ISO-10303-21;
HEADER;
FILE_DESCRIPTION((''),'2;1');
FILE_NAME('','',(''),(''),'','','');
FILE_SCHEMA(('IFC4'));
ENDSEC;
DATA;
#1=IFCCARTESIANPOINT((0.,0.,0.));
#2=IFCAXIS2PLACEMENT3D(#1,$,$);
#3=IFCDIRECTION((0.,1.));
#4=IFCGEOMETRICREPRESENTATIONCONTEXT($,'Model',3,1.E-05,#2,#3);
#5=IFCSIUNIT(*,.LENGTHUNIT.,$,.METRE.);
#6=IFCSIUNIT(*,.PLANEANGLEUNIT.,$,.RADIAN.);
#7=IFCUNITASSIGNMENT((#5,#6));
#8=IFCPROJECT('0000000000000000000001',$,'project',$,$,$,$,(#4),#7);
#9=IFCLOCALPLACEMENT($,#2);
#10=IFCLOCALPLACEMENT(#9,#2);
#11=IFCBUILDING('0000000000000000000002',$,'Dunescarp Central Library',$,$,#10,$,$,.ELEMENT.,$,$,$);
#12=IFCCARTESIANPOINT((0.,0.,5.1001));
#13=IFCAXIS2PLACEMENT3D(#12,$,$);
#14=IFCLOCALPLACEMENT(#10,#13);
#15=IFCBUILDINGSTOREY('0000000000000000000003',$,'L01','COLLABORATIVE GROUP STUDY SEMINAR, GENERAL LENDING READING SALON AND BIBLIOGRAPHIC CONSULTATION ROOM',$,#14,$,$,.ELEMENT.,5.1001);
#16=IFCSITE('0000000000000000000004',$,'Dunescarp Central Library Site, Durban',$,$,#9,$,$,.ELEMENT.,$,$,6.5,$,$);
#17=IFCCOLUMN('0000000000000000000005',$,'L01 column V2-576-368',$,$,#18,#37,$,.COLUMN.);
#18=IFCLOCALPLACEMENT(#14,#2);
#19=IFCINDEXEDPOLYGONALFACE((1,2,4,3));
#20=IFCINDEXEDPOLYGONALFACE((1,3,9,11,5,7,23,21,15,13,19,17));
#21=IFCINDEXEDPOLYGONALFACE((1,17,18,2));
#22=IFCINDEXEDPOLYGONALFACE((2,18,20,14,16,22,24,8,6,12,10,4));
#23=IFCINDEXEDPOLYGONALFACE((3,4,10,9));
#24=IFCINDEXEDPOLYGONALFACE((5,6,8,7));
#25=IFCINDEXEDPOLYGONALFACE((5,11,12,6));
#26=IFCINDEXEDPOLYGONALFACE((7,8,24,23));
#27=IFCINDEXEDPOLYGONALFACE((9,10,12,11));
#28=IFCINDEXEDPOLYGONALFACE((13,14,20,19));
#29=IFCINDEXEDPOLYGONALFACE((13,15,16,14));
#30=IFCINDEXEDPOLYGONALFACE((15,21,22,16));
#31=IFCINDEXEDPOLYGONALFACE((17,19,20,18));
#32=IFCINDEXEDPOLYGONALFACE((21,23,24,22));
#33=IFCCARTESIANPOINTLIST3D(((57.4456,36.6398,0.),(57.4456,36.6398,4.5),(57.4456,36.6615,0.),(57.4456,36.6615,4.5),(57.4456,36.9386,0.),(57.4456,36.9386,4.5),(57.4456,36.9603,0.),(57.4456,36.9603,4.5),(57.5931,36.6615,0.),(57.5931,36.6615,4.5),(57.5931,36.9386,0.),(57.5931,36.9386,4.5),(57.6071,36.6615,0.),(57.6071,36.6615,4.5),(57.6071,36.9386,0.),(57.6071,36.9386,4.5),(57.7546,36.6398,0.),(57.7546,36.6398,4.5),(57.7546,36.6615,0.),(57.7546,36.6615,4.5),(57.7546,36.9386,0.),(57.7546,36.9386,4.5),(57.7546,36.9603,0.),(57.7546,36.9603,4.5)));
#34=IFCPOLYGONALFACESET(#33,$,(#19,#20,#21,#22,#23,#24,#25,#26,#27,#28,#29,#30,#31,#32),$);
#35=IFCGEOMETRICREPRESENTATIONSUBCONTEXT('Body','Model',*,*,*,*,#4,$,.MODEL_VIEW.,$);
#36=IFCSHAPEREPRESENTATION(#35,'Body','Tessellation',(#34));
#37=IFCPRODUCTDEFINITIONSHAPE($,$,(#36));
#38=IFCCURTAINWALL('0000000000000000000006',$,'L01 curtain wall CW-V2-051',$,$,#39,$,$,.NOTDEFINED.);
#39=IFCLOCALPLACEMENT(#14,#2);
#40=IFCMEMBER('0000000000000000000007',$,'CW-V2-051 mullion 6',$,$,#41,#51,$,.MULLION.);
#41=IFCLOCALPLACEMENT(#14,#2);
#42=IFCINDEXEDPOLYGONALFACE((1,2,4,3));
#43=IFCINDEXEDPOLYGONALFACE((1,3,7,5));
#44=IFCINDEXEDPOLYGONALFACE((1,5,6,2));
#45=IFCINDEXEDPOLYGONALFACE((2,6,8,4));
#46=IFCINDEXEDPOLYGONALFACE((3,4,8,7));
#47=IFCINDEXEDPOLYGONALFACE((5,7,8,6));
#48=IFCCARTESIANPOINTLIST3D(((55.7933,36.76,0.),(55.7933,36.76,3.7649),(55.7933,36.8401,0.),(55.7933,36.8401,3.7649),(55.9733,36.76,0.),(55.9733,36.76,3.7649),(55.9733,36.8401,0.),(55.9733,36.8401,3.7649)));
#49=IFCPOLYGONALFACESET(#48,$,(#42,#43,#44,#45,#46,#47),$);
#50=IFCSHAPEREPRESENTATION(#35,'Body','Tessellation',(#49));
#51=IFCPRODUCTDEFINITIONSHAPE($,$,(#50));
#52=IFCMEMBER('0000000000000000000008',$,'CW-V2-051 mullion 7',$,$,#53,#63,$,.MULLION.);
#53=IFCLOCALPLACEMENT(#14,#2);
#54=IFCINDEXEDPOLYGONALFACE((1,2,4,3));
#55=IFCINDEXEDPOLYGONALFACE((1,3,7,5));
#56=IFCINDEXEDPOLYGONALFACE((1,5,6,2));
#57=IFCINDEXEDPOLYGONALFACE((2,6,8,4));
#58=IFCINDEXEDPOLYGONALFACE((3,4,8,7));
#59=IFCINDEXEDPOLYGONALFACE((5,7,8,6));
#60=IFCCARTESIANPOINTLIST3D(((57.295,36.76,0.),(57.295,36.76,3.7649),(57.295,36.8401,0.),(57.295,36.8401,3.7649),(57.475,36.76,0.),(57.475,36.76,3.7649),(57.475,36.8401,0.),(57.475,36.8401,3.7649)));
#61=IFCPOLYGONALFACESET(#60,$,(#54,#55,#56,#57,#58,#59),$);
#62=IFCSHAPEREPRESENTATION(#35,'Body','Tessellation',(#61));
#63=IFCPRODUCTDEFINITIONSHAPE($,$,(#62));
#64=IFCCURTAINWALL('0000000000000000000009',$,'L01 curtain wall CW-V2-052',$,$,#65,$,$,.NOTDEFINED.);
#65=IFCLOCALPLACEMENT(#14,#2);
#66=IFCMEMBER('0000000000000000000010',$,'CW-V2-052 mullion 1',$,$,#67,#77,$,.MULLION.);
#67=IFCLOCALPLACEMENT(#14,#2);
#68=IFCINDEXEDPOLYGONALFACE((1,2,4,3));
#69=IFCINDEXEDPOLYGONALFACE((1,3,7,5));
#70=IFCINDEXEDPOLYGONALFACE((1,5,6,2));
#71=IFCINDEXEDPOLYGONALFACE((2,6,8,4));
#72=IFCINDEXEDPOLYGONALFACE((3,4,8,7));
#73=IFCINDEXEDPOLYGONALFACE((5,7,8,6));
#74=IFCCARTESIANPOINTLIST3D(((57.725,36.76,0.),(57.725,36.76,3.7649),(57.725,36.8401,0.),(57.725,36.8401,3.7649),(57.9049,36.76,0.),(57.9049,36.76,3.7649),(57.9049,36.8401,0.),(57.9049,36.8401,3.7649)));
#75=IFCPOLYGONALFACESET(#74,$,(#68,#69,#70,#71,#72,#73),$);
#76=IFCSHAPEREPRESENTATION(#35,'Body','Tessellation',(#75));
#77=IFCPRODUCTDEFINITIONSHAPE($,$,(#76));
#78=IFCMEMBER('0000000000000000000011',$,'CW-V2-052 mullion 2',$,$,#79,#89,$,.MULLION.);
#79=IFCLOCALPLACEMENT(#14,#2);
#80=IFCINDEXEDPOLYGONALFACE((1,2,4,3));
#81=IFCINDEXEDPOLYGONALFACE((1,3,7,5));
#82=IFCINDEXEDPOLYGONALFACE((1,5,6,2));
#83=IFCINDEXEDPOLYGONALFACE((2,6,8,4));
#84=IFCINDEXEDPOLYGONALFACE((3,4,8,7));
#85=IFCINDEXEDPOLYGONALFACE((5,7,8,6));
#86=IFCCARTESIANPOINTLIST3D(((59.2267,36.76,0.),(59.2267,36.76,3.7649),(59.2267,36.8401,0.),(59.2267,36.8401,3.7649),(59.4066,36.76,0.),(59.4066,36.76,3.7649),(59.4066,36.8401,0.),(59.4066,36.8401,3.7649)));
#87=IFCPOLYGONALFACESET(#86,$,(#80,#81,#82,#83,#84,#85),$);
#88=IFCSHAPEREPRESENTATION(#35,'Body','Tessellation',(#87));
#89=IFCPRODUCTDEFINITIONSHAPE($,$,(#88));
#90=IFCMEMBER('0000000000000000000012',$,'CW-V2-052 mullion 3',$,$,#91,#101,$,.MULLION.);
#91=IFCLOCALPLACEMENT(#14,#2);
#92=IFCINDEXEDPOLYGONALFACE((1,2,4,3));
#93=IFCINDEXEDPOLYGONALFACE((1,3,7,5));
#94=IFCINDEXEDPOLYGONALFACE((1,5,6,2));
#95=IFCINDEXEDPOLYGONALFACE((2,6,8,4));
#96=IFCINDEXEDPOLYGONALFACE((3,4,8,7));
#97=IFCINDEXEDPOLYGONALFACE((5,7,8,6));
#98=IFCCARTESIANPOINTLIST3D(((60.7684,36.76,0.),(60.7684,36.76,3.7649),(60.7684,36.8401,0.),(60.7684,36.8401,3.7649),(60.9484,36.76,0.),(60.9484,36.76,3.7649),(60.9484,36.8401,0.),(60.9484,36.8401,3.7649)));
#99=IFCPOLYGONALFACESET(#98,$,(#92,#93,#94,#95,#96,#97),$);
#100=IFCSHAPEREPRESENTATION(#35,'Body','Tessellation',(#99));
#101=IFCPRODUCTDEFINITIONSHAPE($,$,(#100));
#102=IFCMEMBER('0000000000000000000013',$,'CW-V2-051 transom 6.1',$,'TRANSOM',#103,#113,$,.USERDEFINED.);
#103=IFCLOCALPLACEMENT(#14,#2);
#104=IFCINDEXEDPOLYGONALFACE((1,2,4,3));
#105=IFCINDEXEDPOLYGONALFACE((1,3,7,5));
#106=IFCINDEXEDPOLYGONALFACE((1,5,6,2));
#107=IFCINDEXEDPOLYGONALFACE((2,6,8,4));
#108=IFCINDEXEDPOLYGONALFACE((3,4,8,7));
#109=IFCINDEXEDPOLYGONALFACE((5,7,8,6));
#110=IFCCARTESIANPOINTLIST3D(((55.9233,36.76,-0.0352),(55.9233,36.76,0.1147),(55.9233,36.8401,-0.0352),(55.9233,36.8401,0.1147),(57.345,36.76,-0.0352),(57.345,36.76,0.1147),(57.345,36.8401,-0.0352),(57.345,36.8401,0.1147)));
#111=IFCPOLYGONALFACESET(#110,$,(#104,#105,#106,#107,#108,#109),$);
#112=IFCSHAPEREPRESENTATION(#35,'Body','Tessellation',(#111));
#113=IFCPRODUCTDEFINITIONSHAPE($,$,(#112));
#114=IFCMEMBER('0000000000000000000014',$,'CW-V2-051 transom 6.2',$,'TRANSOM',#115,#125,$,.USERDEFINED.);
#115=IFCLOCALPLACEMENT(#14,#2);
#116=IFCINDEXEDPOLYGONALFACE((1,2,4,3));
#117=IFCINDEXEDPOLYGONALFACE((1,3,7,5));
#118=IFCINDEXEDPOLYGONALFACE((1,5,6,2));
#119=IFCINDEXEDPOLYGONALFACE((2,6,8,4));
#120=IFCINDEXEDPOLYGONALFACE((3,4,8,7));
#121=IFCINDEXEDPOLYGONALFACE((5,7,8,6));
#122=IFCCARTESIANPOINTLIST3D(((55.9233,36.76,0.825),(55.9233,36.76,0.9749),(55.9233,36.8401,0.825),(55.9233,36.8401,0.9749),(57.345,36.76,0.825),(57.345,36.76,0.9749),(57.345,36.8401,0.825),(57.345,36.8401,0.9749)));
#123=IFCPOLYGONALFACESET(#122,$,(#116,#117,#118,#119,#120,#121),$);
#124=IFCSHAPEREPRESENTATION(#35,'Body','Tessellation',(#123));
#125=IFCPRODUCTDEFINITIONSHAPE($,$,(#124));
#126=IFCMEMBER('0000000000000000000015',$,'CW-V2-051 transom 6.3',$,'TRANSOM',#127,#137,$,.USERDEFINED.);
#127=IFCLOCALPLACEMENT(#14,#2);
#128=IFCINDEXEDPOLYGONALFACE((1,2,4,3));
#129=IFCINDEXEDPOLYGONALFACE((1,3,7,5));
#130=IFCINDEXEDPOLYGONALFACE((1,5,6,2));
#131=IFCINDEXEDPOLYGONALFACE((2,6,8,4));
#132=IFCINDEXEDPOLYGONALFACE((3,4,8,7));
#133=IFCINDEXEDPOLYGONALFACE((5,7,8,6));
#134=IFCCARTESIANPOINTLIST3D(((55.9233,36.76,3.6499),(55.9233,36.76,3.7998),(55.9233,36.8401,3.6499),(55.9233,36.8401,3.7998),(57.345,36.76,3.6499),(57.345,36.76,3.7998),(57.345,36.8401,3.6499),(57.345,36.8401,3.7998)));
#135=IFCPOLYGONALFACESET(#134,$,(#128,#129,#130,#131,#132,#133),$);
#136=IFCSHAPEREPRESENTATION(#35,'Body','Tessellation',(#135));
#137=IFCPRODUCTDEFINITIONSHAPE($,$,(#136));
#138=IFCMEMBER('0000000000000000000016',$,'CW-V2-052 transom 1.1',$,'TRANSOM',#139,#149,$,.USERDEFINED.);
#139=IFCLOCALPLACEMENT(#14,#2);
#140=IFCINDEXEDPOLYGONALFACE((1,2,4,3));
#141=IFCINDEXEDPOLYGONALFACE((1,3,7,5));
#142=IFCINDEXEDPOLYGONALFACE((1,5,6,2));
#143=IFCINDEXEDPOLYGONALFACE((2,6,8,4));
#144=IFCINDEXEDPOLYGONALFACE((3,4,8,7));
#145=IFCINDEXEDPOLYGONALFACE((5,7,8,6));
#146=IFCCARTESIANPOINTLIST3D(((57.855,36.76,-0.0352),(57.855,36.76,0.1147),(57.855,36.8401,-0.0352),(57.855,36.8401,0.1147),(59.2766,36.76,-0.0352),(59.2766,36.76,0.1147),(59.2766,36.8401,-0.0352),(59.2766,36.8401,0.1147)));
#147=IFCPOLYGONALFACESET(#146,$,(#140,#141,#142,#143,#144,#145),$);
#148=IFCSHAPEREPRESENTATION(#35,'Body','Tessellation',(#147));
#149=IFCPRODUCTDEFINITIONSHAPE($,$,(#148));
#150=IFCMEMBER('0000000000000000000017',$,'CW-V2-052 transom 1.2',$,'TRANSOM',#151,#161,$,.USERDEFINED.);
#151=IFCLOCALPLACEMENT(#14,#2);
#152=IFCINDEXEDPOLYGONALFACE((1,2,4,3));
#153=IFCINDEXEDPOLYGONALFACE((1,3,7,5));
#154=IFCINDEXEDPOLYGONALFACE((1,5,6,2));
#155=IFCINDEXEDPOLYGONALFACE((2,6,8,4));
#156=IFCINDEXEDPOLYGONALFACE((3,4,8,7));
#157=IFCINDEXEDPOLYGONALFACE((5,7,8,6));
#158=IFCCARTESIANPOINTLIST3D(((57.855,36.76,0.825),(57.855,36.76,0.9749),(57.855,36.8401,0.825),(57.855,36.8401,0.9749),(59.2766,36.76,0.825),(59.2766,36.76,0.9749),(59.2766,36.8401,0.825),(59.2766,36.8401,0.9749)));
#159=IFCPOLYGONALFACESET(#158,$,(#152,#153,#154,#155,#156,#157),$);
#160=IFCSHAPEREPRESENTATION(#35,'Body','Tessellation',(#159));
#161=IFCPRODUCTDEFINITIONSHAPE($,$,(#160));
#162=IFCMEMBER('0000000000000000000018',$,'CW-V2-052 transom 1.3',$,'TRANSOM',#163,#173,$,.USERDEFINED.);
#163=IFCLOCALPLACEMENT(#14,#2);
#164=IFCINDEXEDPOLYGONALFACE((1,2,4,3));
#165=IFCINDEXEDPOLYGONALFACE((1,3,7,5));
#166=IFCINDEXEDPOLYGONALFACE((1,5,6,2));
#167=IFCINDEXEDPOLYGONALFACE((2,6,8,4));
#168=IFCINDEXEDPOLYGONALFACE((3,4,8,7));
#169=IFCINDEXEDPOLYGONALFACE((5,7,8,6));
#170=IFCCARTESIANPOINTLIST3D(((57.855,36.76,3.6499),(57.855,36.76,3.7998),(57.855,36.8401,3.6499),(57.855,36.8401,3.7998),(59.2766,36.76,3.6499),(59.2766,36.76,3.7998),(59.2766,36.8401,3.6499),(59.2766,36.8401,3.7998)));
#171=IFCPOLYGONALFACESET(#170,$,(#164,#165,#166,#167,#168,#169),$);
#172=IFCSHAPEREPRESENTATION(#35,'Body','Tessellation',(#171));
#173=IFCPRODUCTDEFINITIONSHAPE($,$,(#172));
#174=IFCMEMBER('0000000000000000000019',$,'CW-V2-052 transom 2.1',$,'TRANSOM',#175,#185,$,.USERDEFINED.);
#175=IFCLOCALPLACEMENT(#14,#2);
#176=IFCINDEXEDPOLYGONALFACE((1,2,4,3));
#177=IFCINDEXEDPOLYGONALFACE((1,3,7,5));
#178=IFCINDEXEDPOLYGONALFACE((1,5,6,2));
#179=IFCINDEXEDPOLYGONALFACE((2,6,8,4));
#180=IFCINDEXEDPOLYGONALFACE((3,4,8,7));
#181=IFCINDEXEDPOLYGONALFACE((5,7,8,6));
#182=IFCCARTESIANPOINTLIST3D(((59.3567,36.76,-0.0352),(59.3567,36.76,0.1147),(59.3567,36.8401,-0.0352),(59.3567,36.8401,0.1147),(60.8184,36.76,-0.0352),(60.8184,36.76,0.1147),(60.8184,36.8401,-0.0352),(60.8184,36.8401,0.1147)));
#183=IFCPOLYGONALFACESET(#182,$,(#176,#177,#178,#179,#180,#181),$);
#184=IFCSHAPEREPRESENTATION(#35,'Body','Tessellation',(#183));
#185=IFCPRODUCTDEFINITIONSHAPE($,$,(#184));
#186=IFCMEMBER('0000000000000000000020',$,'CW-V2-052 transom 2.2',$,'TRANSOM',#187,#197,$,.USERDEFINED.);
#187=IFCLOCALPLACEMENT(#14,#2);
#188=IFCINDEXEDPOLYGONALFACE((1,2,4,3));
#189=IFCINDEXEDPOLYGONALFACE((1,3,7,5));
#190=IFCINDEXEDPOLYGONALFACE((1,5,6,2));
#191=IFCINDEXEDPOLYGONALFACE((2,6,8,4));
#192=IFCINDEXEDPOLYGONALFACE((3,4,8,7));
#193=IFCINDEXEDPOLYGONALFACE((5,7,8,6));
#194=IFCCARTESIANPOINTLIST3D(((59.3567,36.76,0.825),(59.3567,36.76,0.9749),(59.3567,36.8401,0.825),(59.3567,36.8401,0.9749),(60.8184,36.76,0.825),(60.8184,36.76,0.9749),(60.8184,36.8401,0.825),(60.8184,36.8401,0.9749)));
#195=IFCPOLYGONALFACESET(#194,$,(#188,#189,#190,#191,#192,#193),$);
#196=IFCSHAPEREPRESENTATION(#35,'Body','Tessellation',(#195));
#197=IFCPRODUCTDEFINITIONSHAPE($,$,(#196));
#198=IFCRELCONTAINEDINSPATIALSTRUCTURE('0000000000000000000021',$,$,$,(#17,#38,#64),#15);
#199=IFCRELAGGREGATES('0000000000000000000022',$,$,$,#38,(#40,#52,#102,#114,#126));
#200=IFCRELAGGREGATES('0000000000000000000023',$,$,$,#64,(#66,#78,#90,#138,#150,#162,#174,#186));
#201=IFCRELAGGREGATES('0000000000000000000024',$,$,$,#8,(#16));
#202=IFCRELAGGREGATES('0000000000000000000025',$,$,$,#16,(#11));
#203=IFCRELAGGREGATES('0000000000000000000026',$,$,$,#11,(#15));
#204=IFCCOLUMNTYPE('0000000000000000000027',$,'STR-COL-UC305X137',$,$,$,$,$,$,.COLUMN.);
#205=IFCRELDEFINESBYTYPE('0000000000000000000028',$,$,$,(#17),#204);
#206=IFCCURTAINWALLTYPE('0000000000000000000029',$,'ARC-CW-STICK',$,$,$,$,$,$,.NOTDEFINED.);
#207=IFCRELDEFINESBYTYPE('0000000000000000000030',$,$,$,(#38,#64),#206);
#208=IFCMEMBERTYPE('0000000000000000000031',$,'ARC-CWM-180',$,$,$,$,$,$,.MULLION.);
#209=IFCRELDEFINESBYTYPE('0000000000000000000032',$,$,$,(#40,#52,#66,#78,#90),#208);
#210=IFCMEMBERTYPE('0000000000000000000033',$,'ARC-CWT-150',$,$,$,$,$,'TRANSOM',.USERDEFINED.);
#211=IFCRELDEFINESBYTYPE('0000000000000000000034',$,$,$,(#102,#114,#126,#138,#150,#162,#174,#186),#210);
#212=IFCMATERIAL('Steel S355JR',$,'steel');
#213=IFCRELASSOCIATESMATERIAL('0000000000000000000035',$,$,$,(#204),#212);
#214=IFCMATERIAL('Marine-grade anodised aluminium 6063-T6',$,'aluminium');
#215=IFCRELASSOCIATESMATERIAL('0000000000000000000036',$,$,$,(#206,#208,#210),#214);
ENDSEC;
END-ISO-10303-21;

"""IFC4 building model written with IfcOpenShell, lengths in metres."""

from ifc_helpers import new_model, si_unit, direction, frame, origin, origin_2d, place, context, subcontext, project, spatial, rectangle, i_section, extrude, material, material_profile, profile_set, type_object, element, aggregate, save


model = new_model("IFC4")

# Units and contexts
model_context = context("Model", 3, precision=1e-05, world=origin(), true_north=direction((0.0, 1.0)))
body_context = subcontext(model_context, "Body", "Model", "MODEL_VIEW")
ifc_project = project(units=[si_unit("LENGTHUNIT", "METRE"), si_unit("PLANEANGLEUNIT", "RADIAN")], contexts=[model_context])

# Site, building, storey
site_placement = place(None, origin())
site = spatial("IfcSite", under=ifc_project, at=site_placement, Name="Dunescarp Central Library Site, Durban", CompositionType="ELEMENT", RefElevation=6.5)
building_placement = place(site_placement, origin())
building = spatial("IfcBuilding", under=site, at=building_placement, Name="Dunescarp Central Library", CompositionType="ELEMENT")
storey_placement = place(building_placement, frame((0.0, 0.0, 5.1001)))
storey = spatial("IfcBuildingStorey", under=building, at=storey_placement, Name="L01", Description="COLLABORATIVE GROUP STUDY SEMINAR, GENERAL LENDING READING SALON AND BIBLIOGRAPHIC CONSULTATION ROOM", CompositionType="ELEMENT", Elevation=5.1001)

# Column
ifc_material_1 = material(Name="Steel S355JR", Category="steel")
ifc_material_profile_1 = material_profile(ifc_material_1, i_section(OverallWidth=0.3091, OverallDepth=0.3206, WebThickness=0.0139, FlangeThickness=0.0217, at=origin_2d()), Name="UC 305x305x137")
ifc_profile_set_1 = profile_set([ifc_material_profile_1], Name="Steel S355JR")
column_type = type_object("IfcColumnType", Name="STR-COL-UC305X137", PredefinedType="COLUMN", material=ifc_profile_set_1)
column_placement = place(storey_placement, frame((57.6001, 36.8, 0.0), z_axis=(0.0, 0.0, 1.0), x_axis=(1.0, 0.0, 0.0)))
element("IfcColumn", 1, at=column_placement, inside=storey, type_object=column_type, Name="L01 column V2-576-368", PredefinedType="COLUMN", context=body_context, shape_type="SweptSolid", body=[
    extrude(i_section(OverallWidth=0.3091, OverallDepth=0.3206, WebThickness=0.0139, FlangeThickness=0.0217, at=origin_2d()), origin(), (0.0, 0.0, 1.0), 4.5),
])

# Curtain walls, members
ifc_material_2 = material(Name="Marine-grade anodised aluminium 6063-T6", Category="aluminium")
curtain_wall_type = type_object("IfcCurtainWallType", Name="ARC-CW-STICK", PredefinedType="NOTDEFINED", material=ifc_material_2)
curtain_wall_1_placement = place(storey_placement, origin())
curtain_wall_1 = element("IfcCurtainWall", 2, at=curtain_wall_1_placement, inside=storey, type_object=curtain_wall_type, Name="L01 curtain wall CW-V2-051", PredefinedType="NOTDEFINED")
ifc_material_profile_2 = material_profile(ifc_material_2, rectangle(XDim=0.0801, YDim=0.1799, at=origin_2d()), Name="AL 80x180")
ifc_profile_set_2 = profile_set([ifc_material_profile_2], Name="Marine-grade anodised aluminium 6063-T6")
member_type_1 = type_object("IfcMemberType", Name="ARC-CWM-180", PredefinedType="MULLION", material=ifc_profile_set_2)
member_1_placement = place(storey_placement, frame((55.8833, 36.8, 0.0), z_axis=(0.0, 0.0, 1.0), x_axis=(0.0, 1.0, 0.0)))
member_1 = element("IfcMember", 3, at=member_1_placement, type_object=member_type_1, Name="CW-V2-051 mullion 6", PredefinedType="MULLION", context=body_context, shape_type="SweptSolid", body=[
    extrude(rectangle(XDim=0.0801, YDim=0.1799, at=origin_2d()), origin(), (0.0, 0.0, 1.0), 3.7649),
])
member_2_placement = place(storey_placement, frame((57.385, 36.8, 0.0), z_axis=(0.0, 0.0, 1.0), x_axis=(0.0, 1.0, 0.0)))
member_2 = element("IfcMember", 4, at=member_2_placement, type_object=member_type_1, Name="CW-V2-051 mullion 7", PredefinedType="MULLION", context=body_context, shape_type="SweptSolid", body=[
    extrude(rectangle(XDim=0.0801, YDim=0.1799, at=origin_2d()), origin(), (0.0, 0.0, 1.0), 3.7649),
])
curtain_wall_2_placement = place(storey_placement, origin())
curtain_wall_2 = element("IfcCurtainWall", 5, at=curtain_wall_2_placement, inside=storey, type_object=curtain_wall_type, Name="L01 curtain wall CW-V2-052", PredefinedType="NOTDEFINED")
member_3_placement = place(storey_placement, frame((57.8149, 36.8, 0.0), z_axis=(0.0, 0.0, 1.0), x_axis=(0.0, 1.0, 0.0)))
member_3 = element("IfcMember", 6, at=member_3_placement, type_object=member_type_1, Name="CW-V2-052 mullion 1", PredefinedType="MULLION", context=body_context, shape_type="SweptSolid", body=[
    extrude(rectangle(XDim=0.0801, YDim=0.1799, at=origin_2d()), origin(), (0.0, 0.0, 1.0), 3.7649),
])
member_4_placement = place(storey_placement, frame((59.3167, 36.8, 0.0), z_axis=(0.0, 0.0, 1.0), x_axis=(0.0, 1.0, 0.0)))
member_4 = element("IfcMember", 7, at=member_4_placement, type_object=member_type_1, Name="CW-V2-052 mullion 2", PredefinedType="MULLION", context=body_context, shape_type="SweptSolid", body=[
    extrude(rectangle(XDim=0.0801, YDim=0.1799, at=origin_2d()), origin(), (0.0, 0.0, 1.0), 3.7649),
])
member_5_placement = place(storey_placement, frame((60.8584, 36.8, 0.0), z_axis=(0.0, 0.0, 1.0), x_axis=(0.0, 1.0, 0.0)))
member_5 = element("IfcMember", 8, at=member_5_placement, type_object=member_type_1, Name="CW-V2-052 mullion 3", PredefinedType="MULLION", context=body_context, shape_type="SweptSolid", body=[
    extrude(rectangle(XDim=0.0801, YDim=0.1799, at=origin_2d()), origin(), (0.0, 0.0, 1.0), 3.7649),
])

# Members
ifc_material_profile_3 = material_profile(ifc_material_2, rectangle(XDim=0.0801, YDim=0.1499, at=origin_2d()), Name="AL 80x150")
ifc_profile_set_3 = profile_set([ifc_material_profile_3], Name="Marine-grade anodised aluminium 6063-T6")
member_type_2 = type_object("IfcMemberType", Name="ARC-CWT-150", ElementType="TRANSOM", PredefinedType="USERDEFINED", material=ifc_profile_set_3)
member_6_placement = place(storey_placement, frame((55.9233, 36.8, 0.0398), z_axis=(1.0, 0.0, 0.0), x_axis=(0.0, 1.0, 0.0)))
member_6 = element("IfcMember", 9, at=member_6_placement, type_object=member_type_2, Name="CW-V2-051 transom 6.1", ObjectType="TRANSOM", PredefinedType="USERDEFINED", context=body_context, shape_type="SweptSolid", body=[
    extrude(rectangle(XDim=0.0801, YDim=0.1499, at=origin_2d()), origin(), (0.0, 0.0, 1.0), 1.4216),
])
member_7_placement = place(storey_placement, frame((55.9233, 36.8, 0.8999), z_axis=(1.0, 0.0, 0.0), x_axis=(0.0, 1.0, 0.0)))
member_7 = element("IfcMember", 10, at=member_7_placement, type_object=member_type_2, Name="CW-V2-051 transom 6.2", ObjectType="TRANSOM", PredefinedType="USERDEFINED", context=body_context, shape_type="SweptSolid", body=[
    extrude(rectangle(XDim=0.0801, YDim=0.1499, at=origin_2d()), origin(), (0.0, 0.0, 1.0), 1.4216),
])
member_8_placement = place(storey_placement, frame((55.9233, 36.8, 3.7249), z_axis=(1.0, 0.0, 0.0), x_axis=(0.0, 1.0, 0.0)))
member_8 = element("IfcMember", 11, at=member_8_placement, type_object=member_type_2, Name="CW-V2-051 transom 6.3", ObjectType="TRANSOM", PredefinedType="USERDEFINED", context=body_context, shape_type="SweptSolid", body=[
    extrude(rectangle(XDim=0.0801, YDim=0.1499, at=origin_2d()), origin(), (0.0, 0.0, 1.0), 1.4216),
])
member_9_placement = place(storey_placement, frame((57.855, 36.8, 0.0398), z_axis=(1.0, 0.0, 0.0), x_axis=(0.0, 1.0, 0.0)))
member_9 = element("IfcMember", 12, at=member_9_placement, type_object=member_type_2, Name="CW-V2-052 transom 1.1", ObjectType="TRANSOM", PredefinedType="USERDEFINED", context=body_context, shape_type="SweptSolid", body=[
    extrude(rectangle(XDim=0.0801, YDim=0.1499, at=origin_2d()), origin(), (0.0, 0.0, 1.0), 1.4216),
])
member_10_placement = place(storey_placement, frame((57.855, 36.8, 0.8999), z_axis=(1.0, 0.0, 0.0), x_axis=(0.0, 1.0, 0.0)))
member_10 = element("IfcMember", 13, at=member_10_placement, type_object=member_type_2, Name="CW-V2-052 transom 1.2", ObjectType="TRANSOM", PredefinedType="USERDEFINED", context=body_context, shape_type="SweptSolid", body=[
    extrude(rectangle(XDim=0.0801, YDim=0.1499, at=origin_2d()), origin(), (0.0, 0.0, 1.0), 1.4216),
])
member_11_placement = place(storey_placement, frame((57.855, 36.8, 3.7249), z_axis=(1.0, 0.0, 0.0), x_axis=(0.0, 1.0, 0.0)))
member_11 = element("IfcMember", 14, at=member_11_placement, type_object=member_type_2, Name="CW-V2-052 transom 1.3", ObjectType="TRANSOM", PredefinedType="USERDEFINED", context=body_context, shape_type="SweptSolid", body=[
    extrude(rectangle(XDim=0.0801, YDim=0.1499, at=origin_2d()), origin(), (0.0, 0.0, 1.0), 1.4216),
])
member_12_placement = place(storey_placement, frame((59.3567, 36.8, 0.0398), z_axis=(1.0, 0.0, 0.0), x_axis=(0.0, 1.0, 0.0)))
member_12 = element("IfcMember", 15, at=member_12_placement, type_object=member_type_2, Name="CW-V2-052 transom 2.1", ObjectType="TRANSOM", PredefinedType="USERDEFINED", context=body_context, shape_type="SweptSolid", body=[
    extrude(rectangle(XDim=0.0801, YDim=0.1499, at=origin_2d()), origin(), (0.0, 0.0, 1.0), 1.4617),
])
member_13_placement = place(storey_placement, frame((59.3567, 36.8, 0.8999), z_axis=(1.0, 0.0, 0.0), x_axis=(0.0, 1.0, 0.0)))
member_13 = element("IfcMember", 16, at=member_13_placement, type_object=member_type_2, Name="CW-V2-052 transom 2.2", ObjectType="TRANSOM", PredefinedType="USERDEFINED", context=body_context, shape_type="SweptSolid", body=[
    extrude(rectangle(XDim=0.0801, YDim=0.1499, at=origin_2d()), origin(), (0.0, 0.0, 1.0), 1.4617),
])

aggregate(curtain_wall_1, [member_1, member_2, member_6, member_7, member_8])
aggregate(curtain_wall_2, [member_3, member_4, member_5, member_9, member_10, member_11, member_12, member_13])

save(model, "model.ifc")
